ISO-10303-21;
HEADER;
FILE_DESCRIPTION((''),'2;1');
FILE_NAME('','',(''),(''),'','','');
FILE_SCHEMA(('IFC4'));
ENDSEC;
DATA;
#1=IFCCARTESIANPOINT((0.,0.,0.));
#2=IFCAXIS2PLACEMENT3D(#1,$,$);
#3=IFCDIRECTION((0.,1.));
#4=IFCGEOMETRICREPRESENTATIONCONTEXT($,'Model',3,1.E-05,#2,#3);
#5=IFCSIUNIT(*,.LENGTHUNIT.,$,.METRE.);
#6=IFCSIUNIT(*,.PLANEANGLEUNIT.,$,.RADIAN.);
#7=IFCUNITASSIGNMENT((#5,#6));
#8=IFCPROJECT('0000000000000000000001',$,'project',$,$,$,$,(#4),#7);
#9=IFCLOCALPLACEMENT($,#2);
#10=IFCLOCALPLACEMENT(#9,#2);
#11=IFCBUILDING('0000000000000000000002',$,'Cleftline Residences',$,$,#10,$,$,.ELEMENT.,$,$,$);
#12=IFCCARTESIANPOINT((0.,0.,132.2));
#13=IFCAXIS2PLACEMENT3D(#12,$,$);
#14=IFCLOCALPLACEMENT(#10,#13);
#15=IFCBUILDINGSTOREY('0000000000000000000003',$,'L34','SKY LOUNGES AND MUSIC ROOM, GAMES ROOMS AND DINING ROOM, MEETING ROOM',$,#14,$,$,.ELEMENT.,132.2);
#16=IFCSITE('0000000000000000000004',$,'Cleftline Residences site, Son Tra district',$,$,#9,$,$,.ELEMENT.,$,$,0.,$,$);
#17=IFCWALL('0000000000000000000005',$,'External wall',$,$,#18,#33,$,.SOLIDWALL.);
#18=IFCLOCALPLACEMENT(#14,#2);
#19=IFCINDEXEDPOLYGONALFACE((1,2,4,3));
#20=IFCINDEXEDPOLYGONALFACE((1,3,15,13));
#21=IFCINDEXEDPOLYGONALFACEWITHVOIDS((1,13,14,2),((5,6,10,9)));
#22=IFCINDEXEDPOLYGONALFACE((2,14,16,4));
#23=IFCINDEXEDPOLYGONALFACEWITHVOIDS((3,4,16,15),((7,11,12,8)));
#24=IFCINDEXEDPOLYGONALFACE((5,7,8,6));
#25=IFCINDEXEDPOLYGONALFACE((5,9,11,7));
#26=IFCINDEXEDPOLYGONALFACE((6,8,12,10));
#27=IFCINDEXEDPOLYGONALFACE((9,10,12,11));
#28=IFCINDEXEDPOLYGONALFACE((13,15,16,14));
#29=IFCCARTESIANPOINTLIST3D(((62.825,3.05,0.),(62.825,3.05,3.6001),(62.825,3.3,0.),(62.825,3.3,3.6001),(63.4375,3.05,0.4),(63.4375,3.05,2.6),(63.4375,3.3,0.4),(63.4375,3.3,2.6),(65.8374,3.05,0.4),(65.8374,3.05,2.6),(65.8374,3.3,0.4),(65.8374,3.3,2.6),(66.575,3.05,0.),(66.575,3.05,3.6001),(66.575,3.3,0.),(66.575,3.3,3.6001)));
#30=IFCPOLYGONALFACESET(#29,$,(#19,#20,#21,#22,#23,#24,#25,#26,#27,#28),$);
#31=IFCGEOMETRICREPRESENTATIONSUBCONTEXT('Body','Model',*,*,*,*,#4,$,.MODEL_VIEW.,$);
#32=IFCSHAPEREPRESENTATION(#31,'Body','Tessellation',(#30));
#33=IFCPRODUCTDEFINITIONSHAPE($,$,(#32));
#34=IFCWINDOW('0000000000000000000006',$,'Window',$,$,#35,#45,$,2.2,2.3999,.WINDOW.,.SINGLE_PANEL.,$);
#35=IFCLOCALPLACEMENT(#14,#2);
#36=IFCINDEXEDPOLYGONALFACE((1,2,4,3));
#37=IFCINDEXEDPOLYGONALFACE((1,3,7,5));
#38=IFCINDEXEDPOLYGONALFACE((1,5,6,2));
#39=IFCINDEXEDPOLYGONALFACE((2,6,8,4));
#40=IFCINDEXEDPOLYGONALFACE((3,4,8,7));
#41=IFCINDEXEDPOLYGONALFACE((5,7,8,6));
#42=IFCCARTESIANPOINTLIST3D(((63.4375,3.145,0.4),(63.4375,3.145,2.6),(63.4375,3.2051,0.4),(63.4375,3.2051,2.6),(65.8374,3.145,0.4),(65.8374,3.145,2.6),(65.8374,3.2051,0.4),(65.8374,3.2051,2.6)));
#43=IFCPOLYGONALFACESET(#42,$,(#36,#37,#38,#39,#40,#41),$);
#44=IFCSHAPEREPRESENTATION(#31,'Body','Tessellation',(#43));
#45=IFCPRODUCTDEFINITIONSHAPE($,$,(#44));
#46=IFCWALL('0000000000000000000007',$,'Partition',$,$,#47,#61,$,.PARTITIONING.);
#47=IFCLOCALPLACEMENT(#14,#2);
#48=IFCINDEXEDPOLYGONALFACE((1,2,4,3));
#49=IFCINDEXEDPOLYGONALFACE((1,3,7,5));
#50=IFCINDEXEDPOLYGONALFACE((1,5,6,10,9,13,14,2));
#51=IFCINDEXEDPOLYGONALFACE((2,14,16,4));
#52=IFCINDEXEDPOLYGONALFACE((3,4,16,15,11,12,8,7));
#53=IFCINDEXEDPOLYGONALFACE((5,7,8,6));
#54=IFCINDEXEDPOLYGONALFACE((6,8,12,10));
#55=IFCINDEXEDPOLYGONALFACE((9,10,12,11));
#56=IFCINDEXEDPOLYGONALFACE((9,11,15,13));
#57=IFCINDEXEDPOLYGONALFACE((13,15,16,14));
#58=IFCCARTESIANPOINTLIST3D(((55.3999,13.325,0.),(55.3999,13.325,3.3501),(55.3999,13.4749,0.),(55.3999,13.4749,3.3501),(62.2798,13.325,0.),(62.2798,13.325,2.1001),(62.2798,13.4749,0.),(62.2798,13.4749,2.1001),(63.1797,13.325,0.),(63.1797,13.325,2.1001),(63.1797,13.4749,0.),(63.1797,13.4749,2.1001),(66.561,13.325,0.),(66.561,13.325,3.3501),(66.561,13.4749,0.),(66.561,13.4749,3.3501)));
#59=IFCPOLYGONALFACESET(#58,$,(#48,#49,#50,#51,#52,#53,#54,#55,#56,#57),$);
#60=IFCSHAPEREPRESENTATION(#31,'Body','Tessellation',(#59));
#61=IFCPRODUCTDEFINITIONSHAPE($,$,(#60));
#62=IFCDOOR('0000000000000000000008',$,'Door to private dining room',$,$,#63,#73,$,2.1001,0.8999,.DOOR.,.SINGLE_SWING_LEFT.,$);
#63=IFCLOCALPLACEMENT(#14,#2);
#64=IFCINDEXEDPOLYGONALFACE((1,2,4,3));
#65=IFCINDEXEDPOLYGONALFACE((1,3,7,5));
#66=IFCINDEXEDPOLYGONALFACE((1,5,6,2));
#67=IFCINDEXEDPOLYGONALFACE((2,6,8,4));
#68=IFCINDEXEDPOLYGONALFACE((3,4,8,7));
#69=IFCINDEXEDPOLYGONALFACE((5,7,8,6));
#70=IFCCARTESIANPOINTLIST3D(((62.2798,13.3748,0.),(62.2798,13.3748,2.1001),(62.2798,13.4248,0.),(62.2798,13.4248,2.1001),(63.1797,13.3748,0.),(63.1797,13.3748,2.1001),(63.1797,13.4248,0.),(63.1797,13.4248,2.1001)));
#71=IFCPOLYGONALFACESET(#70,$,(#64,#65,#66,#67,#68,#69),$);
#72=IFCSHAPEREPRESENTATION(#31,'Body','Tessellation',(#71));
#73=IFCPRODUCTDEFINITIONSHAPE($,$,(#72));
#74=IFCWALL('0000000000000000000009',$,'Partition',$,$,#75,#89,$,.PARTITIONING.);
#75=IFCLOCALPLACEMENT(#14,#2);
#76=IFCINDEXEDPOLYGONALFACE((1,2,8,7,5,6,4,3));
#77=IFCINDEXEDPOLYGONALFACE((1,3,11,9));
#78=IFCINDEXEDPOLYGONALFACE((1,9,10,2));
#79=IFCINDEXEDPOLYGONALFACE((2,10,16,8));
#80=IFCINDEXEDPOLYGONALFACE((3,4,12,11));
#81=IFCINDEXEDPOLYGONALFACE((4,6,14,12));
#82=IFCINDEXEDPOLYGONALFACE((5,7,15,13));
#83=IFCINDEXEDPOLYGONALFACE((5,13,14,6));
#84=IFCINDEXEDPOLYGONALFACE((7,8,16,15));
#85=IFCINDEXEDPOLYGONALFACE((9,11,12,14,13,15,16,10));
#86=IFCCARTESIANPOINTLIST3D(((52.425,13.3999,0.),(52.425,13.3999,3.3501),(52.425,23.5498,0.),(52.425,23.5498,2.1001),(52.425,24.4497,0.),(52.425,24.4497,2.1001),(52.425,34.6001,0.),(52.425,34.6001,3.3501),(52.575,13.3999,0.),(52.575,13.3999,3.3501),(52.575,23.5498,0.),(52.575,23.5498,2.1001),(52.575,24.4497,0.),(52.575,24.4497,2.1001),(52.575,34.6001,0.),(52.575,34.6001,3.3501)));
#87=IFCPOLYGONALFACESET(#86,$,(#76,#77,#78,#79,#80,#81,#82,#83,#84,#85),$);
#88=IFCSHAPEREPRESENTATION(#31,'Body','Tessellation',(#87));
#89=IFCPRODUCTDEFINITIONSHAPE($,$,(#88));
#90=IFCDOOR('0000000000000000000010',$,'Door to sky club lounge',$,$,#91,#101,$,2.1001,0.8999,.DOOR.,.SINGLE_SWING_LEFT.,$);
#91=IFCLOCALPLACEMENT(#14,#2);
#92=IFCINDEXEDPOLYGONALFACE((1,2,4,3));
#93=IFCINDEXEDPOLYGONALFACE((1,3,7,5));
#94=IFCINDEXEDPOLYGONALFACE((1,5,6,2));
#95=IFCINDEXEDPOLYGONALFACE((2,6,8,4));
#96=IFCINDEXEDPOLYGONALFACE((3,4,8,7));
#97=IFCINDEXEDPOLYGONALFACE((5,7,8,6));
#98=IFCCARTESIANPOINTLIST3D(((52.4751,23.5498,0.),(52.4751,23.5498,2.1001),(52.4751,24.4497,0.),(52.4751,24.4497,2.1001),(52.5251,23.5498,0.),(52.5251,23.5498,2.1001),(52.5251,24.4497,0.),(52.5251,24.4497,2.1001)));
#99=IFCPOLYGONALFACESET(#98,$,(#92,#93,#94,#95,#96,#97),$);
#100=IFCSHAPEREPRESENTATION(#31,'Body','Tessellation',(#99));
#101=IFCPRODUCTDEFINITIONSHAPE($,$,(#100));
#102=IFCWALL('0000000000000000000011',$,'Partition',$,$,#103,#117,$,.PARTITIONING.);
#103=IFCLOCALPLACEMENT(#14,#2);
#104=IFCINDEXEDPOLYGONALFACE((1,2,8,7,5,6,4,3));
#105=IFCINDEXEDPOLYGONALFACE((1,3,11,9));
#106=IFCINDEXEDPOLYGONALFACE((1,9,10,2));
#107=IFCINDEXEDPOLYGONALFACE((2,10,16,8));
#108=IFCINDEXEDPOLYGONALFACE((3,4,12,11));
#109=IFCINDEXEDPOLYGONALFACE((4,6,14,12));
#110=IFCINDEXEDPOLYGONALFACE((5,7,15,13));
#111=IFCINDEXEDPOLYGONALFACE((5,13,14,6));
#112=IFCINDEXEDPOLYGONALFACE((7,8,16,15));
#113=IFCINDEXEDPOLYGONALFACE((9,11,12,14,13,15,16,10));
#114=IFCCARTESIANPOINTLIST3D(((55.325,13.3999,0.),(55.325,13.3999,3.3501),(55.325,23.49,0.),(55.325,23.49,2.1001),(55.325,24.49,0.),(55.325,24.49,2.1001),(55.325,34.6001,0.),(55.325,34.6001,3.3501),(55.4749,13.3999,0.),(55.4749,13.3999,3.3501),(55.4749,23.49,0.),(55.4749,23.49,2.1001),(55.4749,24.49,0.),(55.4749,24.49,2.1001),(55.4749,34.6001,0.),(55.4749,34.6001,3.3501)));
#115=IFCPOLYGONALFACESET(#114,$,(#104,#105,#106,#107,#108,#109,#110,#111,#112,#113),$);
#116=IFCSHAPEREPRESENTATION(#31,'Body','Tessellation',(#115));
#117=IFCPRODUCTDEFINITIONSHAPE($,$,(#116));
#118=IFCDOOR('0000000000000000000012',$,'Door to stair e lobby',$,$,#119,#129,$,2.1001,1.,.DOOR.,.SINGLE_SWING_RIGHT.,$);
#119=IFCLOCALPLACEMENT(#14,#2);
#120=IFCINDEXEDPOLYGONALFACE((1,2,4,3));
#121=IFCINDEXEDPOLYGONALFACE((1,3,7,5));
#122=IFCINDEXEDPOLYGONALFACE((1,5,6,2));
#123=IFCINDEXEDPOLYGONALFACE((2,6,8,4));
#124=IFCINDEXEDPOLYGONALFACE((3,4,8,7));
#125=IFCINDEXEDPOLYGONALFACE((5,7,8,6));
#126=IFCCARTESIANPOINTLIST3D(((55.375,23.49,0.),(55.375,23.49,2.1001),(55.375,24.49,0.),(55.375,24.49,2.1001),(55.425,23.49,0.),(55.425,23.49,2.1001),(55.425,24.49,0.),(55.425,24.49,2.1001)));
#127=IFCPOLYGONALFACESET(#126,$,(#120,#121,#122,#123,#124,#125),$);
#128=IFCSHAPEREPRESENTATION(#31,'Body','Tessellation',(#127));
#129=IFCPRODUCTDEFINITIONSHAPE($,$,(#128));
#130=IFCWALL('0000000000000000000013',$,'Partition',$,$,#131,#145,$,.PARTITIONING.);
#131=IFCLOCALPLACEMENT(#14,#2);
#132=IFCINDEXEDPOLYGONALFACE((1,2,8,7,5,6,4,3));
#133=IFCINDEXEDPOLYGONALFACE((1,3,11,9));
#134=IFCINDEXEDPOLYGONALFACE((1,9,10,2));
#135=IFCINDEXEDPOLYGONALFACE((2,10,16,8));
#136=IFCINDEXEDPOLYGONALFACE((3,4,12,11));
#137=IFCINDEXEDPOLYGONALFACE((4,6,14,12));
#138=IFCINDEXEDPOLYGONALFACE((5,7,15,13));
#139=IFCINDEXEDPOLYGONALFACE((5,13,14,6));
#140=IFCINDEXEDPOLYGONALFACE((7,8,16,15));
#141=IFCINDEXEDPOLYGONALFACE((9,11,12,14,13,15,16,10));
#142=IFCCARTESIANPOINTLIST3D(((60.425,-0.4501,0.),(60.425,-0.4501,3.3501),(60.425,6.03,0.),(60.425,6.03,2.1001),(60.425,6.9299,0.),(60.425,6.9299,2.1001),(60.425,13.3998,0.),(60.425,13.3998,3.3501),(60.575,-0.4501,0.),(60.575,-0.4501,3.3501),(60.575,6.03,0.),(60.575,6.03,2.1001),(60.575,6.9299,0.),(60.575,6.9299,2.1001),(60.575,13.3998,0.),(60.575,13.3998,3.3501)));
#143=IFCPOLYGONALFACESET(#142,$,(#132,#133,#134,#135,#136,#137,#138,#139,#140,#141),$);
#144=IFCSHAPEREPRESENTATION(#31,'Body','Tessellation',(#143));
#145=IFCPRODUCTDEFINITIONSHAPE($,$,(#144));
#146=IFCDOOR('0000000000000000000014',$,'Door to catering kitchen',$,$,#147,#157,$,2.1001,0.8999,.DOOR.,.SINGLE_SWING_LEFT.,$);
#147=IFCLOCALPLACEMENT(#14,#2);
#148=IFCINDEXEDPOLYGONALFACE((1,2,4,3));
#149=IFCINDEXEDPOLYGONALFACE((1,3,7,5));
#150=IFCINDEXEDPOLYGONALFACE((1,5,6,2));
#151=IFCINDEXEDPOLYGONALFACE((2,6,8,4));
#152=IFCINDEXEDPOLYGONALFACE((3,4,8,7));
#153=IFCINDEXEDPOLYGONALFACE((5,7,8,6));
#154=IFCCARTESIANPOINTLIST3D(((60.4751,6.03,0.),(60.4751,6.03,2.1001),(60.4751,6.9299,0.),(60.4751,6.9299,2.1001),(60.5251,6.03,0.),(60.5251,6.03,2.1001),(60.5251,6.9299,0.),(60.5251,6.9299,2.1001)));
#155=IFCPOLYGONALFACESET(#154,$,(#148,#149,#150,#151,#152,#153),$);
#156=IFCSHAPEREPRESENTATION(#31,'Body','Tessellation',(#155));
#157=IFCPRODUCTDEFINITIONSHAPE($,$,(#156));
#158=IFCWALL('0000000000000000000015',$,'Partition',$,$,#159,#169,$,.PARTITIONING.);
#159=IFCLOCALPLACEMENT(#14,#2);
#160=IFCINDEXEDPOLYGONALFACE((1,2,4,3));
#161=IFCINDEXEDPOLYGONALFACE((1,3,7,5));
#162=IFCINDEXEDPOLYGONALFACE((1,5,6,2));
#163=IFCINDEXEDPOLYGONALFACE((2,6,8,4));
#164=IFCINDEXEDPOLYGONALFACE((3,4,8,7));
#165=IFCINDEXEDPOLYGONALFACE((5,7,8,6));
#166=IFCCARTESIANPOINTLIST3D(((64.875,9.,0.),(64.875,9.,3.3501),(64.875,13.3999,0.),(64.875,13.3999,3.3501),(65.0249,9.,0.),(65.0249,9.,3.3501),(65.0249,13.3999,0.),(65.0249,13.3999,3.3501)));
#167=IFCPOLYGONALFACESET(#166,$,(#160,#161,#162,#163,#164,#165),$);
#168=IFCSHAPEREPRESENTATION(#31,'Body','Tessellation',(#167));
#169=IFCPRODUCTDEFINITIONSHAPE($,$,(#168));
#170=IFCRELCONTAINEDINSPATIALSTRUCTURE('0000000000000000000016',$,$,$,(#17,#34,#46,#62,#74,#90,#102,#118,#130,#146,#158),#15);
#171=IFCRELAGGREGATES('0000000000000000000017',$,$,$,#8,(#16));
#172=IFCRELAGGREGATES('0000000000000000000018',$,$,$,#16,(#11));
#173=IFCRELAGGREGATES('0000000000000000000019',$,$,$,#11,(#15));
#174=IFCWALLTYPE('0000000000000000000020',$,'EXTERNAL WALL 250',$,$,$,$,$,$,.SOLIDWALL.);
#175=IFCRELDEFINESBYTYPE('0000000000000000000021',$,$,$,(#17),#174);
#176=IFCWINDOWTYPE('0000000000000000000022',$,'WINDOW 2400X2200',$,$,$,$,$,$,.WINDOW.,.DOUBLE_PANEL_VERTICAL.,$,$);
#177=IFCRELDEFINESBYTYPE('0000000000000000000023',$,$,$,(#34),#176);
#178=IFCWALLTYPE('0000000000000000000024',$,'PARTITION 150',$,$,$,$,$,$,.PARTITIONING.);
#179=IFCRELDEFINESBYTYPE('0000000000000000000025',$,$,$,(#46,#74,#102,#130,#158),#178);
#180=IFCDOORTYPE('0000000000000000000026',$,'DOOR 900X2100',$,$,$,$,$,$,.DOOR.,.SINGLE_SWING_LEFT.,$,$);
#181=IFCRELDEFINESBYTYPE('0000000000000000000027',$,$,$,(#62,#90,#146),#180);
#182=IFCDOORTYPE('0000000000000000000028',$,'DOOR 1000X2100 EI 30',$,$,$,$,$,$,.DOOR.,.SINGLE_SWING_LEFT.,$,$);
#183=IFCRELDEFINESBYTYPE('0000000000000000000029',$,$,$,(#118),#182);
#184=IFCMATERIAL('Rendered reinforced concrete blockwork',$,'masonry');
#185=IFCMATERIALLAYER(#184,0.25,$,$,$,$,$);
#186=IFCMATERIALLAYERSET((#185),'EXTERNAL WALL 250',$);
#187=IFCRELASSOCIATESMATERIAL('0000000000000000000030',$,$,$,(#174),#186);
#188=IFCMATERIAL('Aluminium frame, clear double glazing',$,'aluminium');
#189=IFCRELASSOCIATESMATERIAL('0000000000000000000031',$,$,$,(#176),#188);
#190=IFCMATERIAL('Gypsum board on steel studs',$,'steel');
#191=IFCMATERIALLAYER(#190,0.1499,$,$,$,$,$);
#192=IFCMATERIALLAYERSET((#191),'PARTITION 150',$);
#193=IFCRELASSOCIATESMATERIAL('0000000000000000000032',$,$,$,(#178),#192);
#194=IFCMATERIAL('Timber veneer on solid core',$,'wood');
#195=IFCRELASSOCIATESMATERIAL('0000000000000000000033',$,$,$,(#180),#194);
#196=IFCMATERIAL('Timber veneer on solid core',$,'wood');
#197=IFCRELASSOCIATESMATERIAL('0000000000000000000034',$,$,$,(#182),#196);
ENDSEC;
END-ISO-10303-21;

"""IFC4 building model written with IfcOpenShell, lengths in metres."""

from ifc_helpers import new_model, si_unit, direction, frame, frame_2d, origin, place, context, subcontext, project, spatial, rectangle, extrude, material, layer, layer_set, type_object, element, fill, save


model = new_model("IFC4")

# Units and contexts
model_context = context("Model", 3, precision=1e-05, world=origin(), true_north=direction((0.0, 1.0)))
body_context = subcontext(model_context, "Body", "Model", "MODEL_VIEW")
ifc_project = project(units=[si_unit("LENGTHUNIT", "METRE"), si_unit("PLANEANGLEUNIT", "RADIAN")], contexts=[model_context])

# Site, building, storey
site_placement = place(None, origin())
site = spatial("IfcSite", under=ifc_project, at=site_placement, Name="Cleftline Residences site, Son Tra district", CompositionType="ELEMENT", RefElevation=0.0)
building_placement = place(site_placement, origin())
building = spatial("IfcBuilding", under=site, at=building_placement, Name="Cleftline Residences", CompositionType="ELEMENT")
storey_placement = place(building_placement, frame((0.0, 0.0, 132.2)))
storey = spatial("IfcBuildingStorey", under=building, at=storey_placement, Name="L34", Description="SKY LOUNGES AND MUSIC ROOM, GAMES ROOMS AND DINING ROOM, MEETING ROOM", CompositionType="ELEMENT", Elevation=132.2)

# Wall, opening, window
ifc_material_1 = material(Name="Rendered reinforced concrete blockwork", Category="masonry")
ifc_layer_1 = layer(ifc_material_1, 0.25)
ifc_layer_set_1 = layer_set([ifc_layer_1], Name="EXTERNAL WALL 250")
wall_type_1 = type_object("IfcWallType", Name="EXTERNAL WALL 250", PredefinedType="SOLIDWALL", material=ifc_layer_set_1)
ifc_material_2 = material(Name="Aluminium frame, clear double glazing", Category="aluminium")
window_type = type_object("IfcWindowType", Name="WINDOW 2400X2200", PartitioningType="DOUBLE_PANEL_VERTICAL", PredefinedType="WINDOW", material=ifc_material_2)
wall_1_placement = place(storey_placement, frame((62.825, 3.175, 0.0), z_axis=(0.0, 0.0, 1.0), x_axis=(1.0, 0.0, 0.0)))
wall_1 = element("IfcWall", 1, at=wall_1_placement, inside=storey, type_object=wall_type_1, Name="External wall", PredefinedType="SOLIDWALL", context=body_context, shape_type="SweptSolid", body=[
    extrude(rectangle(XDim=3.75, YDim=0.25, at=frame_2d((1.875, 0.0))), origin(), (0.0, 0.0, 1.0), 3.6001),
])
opening_1_placement = place(wall_1_placement, frame((0.6125, 0.0, 0.3999)))
opening_1 = element("IfcOpeningElement", 2, at=opening_1_placement, cuts=wall_1, PredefinedType="OPENING", context=body_context, shape_type="SweptSolid", body=[
    extrude(rectangle(XDim=2.3999, YDim=2.2, at=frame_2d((1.2, 1.1001))), frame((0.0, 0.135, 0.0), z_axis=(0.0, -1.0, 0.0), x_axis=(1.0, 0.0, 0.0)), (0.0, 0.0, 1.0), 0.27),
])
window_1_placement = place(opening_1_placement, origin())
window_1 = element("IfcWindow", 3, at=window_1_placement, inside=storey, type_object=window_type, Name="Window", OverallHeight=2.2, OverallWidth=2.3999, PartitioningType="SINGLE_PANEL", PredefinedType="WINDOW", context=body_context, shape_type="SweptSolid", body=[
    extrude(rectangle(XDim=2.3999, YDim=2.2, at=frame_2d((1.2, 1.1001))), frame((0.0, 0.03, 0.0), z_axis=(0.0, -1.0, 0.0), x_axis=(1.0, 0.0, 0.0)), (0.0, 0.0, 1.0), 0.0601),
])
fill(opening_1, window_1)

# Walls, openings, doors
ifc_material_3 = material(Name="Gypsum board on steel studs", Category="steel")
ifc_layer_2 = layer(ifc_material_3, 0.1499)
ifc_layer_set_2 = layer_set([ifc_layer_2], Name="PARTITION 150")
wall_type_2 = type_object("IfcWallType", Name="PARTITION 150", PredefinedType="PARTITIONING", material=ifc_layer_set_2)
wall_2_placement = place(storey_placement, frame((55.3999, 13.3999, 0.0), z_axis=(0.0, 0.0, 1.0), x_axis=(1.0, 0.0, 0.0)))
wall_2 = element("IfcWall", 4, at=wall_2_placement, inside=storey, type_object=wall_type_2, Name="Partition", PredefinedType="PARTITIONING", context=body_context, shape_type="SweptSolid", body=[
    extrude(rectangle(XDim=11.1611, YDim=0.1499, at=frame_2d((5.5806, 0.0))), origin(), (0.0, 0.0, 1.0), 3.3501),
])
opening_2_placement = place(wall_2_placement, frame((6.8799, 0.0, 0.0)))
opening_2 = element("IfcOpeningElement", 5, at=opening_2_placement, cuts=wall_2, PredefinedType="OPENING", context=body_context, shape_type="SweptSolid", body=[
    extrude(rectangle(XDim=0.8999, YDim=2.1001, at=frame_2d((0.45, 1.05))), frame((0.0, 0.085, 0.0), z_axis=(0.0, -1.0, 0.0), x_axis=(1.0, 0.0, 0.0)), (0.0, 0.0, 1.0), 0.1699),
])
ifc_material_4 = material(Name="Timber veneer on solid core", Category="wood")
door_type_1 = type_object("IfcDoorType", Name="DOOR 900X2100", OperationType="SINGLE_SWING_LEFT", PredefinedType="DOOR", material=ifc_material_4)
door_1_placement = place(opening_2_placement, origin())
door_1 = element("IfcDoor", 6, at=door_1_placement, inside=storey, type_object=door_type_1, Name="Door to private dining room", OperationType="SINGLE_SWING_LEFT", OverallHeight=2.1001, OverallWidth=0.8999, PredefinedType="DOOR", context=body_context, shape_type="SweptSolid", body=[
    extrude(rectangle(XDim=0.8999, YDim=2.1001, at=frame_2d((0.45, 1.05))), frame((0.0, 0.0249, 0.0), z_axis=(0.0, -1.0, 0.0), x_axis=(1.0, 0.0, 0.0)), (0.0, 0.0, 1.0), 0.05),
])
fill(opening_2, door_1)
wall_3_placement = place(storey_placement, frame((52.5, 13.3999, 0.0), z_axis=(0.0, 0.0, 1.0), x_axis=(0.0, 1.0, 0.0)))
wall_3 = element("IfcWall", 7, at=wall_3_placement, inside=storey, type_object=wall_type_2, Name="Partition", PredefinedType="PARTITIONING", context=body_context, shape_type="SweptSolid", body=[
    extrude(rectangle(XDim=21.2002, YDim=0.1499, at=frame_2d((10.6001, 0.0))), origin(), (0.0, 0.0, 1.0), 3.3501),
])
opening_3_placement = place(wall_3_placement, frame((10.1499, 0.0, 0.0)))
opening_3 = element("IfcOpeningElement", 8, at=opening_3_placement, cuts=wall_3, PredefinedType="OPENING", context=body_context, shape_type="SweptSolid", body=[
    extrude(rectangle(XDim=0.8999, YDim=2.1001, at=frame_2d((0.45, 1.05))), frame((0.0, 0.085, 0.0), z_axis=(0.0, -1.0, 0.0), x_axis=(1.0, 0.0, 0.0)), (0.0, 0.0, 1.0), 0.1699),
])
door_2_placement = place(opening_3_placement, origin())
door_2 = element("IfcDoor", 9, at=door_2_placement, inside=storey, type_object=door_type_1, Name="Door to sky club lounge", OperationType="SINGLE_SWING_LEFT", OverallHeight=2.1001, OverallWidth=0.8999, PredefinedType="DOOR", context=body_context, shape_type="SweptSolid", body=[
    extrude(rectangle(XDim=0.8999, YDim=2.1001, at=frame_2d((0.45, 1.05))), frame((0.0, 0.0249, 0.0), z_axis=(0.0, -1.0, 0.0), x_axis=(1.0, 0.0, 0.0)), (0.0, 0.0, 1.0), 0.05),
])
fill(opening_3, door_2)
wall_4_placement = place(storey_placement, frame((55.3999, 13.3999, 0.0), z_axis=(0.0, 0.0, 1.0), x_axis=(0.0, 1.0, 0.0)))
wall_4 = element("IfcWall", 10, at=wall_4_placement, inside=storey, type_object=wall_type_2, Name="Partition", PredefinedType="PARTITIONING", context=body_context, shape_type="SweptSolid", body=[
    extrude(rectangle(XDim=21.2002, YDim=0.1499, at=frame_2d((10.6001, 0.0))), origin(), (0.0, 0.0, 1.0), 3.3501),
])
opening_4_placement = place(wall_4_placement, frame((10.0901, 0.0, 0.0)))
opening_4 = element("IfcOpeningElement", 11, at=opening_4_placement, cuts=wall_4, PredefinedType="OPENING", context=body_context, shape_type="SweptSolid", body=[
    extrude(rectangle(XDim=1.0, YDim=2.1001, at=frame_2d((0.5, 1.05))), frame((0.0, 0.085, 0.0), z_axis=(0.0, -1.0, 0.0), x_axis=(1.0, 0.0, 0.0)), (0.0, 0.0, 1.0), 0.1699),
])
ifc_material_5 = material(Name="Timber veneer on solid core", Category="wood")
door_type_2 = type_object("IfcDoorType", Name="DOOR 1000X2100 EI 30", OperationType="SINGLE_SWING_LEFT", PredefinedType="DOOR", material=ifc_material_5)
door_3_placement = place(opening_4_placement, origin())
door_3 = element("IfcDoor", 12, at=door_3_placement, inside=storey, type_object=door_type_2, Name="Door to stair e lobby", OperationType="SINGLE_SWING_RIGHT", OverallHeight=2.1001, OverallWidth=1.0, PredefinedType="DOOR", context=body_context, shape_type="SweptSolid", body=[
    extrude(rectangle(XDim=1.0, YDim=2.1001, at=frame_2d((0.5, 1.05))), frame((0.0, 0.0249, 0.0), z_axis=(0.0, -1.0, 0.0), x_axis=(1.0, 0.0, 0.0)), (0.0, 0.0, 1.0), 0.05),
])
fill(opening_4, door_3)
wall_5_placement = place(storey_placement, frame((60.5, -0.45, 0.0), z_axis=(0.0, 0.0, 1.0), x_axis=(0.0, 1.0, 0.0)))
wall_5 = element("IfcWall", 13, at=wall_5_placement, inside=storey, type_object=wall_type_2, Name="Partition", PredefinedType="PARTITIONING", context=body_context, shape_type="SweptSolid", body=[
    extrude(rectangle(XDim=13.8499, YDim=0.1499, at=frame_2d((6.9248, 0.0))), origin(), (0.0, 0.0, 1.0), 3.3501),
])
opening_5_placement = place(wall_5_placement, frame((6.48, 0.0, 0.0)))
opening_5 = element("IfcOpeningElement", 14, at=opening_5_placement, cuts=wall_5, PredefinedType="OPENING", context=body_context, shape_type="SweptSolid", body=[
    extrude(rectangle(XDim=0.8999, YDim=2.1001, at=frame_2d((0.45, 1.05))), frame((0.0, 0.085, 0.0), z_axis=(0.0, -1.0, 0.0), x_axis=(1.0, 0.0, 0.0)), (0.0, 0.0, 1.0), 0.1699),
])
door_4_placement = place(opening_5_placement, origin())
door_4 = element("IfcDoor", 15, at=door_4_placement, inside=storey, type_object=door_type_1, Name="Door to catering kitchen", OperationType="SINGLE_SWING_LEFT", OverallHeight=2.1001, OverallWidth=0.8999, PredefinedType="DOOR", context=body_context, shape_type="SweptSolid", body=[
    extrude(rectangle(XDim=0.8999, YDim=2.1001, at=frame_2d((0.45, 1.05))), frame((0.0, 0.0249, 0.0), z_axis=(0.0, -1.0, 0.0), x_axis=(1.0, 0.0, 0.0)), (0.0, 0.0, 1.0), 0.05),
])
fill(opening_5, door_4)

# Wall
wall_6_placement = place(storey_placement, frame((64.95, 9.0, 0.0), z_axis=(0.0, 0.0, 1.0), x_axis=(0.0, 1.0, 0.0)))
element("IfcWall", 16, at=wall_6_placement, inside=storey, type_object=wall_type_2, Name="Partition", PredefinedType="PARTITIONING", context=body_context, shape_type="SweptSolid", body=[
    extrude(rectangle(XDim=4.3999, YDim=0.1499, at=frame_2d((2.2, 0.0))), origin(), (0.0, 0.0, 1.0), 3.3501),
])

save(model, "model.ifc")
